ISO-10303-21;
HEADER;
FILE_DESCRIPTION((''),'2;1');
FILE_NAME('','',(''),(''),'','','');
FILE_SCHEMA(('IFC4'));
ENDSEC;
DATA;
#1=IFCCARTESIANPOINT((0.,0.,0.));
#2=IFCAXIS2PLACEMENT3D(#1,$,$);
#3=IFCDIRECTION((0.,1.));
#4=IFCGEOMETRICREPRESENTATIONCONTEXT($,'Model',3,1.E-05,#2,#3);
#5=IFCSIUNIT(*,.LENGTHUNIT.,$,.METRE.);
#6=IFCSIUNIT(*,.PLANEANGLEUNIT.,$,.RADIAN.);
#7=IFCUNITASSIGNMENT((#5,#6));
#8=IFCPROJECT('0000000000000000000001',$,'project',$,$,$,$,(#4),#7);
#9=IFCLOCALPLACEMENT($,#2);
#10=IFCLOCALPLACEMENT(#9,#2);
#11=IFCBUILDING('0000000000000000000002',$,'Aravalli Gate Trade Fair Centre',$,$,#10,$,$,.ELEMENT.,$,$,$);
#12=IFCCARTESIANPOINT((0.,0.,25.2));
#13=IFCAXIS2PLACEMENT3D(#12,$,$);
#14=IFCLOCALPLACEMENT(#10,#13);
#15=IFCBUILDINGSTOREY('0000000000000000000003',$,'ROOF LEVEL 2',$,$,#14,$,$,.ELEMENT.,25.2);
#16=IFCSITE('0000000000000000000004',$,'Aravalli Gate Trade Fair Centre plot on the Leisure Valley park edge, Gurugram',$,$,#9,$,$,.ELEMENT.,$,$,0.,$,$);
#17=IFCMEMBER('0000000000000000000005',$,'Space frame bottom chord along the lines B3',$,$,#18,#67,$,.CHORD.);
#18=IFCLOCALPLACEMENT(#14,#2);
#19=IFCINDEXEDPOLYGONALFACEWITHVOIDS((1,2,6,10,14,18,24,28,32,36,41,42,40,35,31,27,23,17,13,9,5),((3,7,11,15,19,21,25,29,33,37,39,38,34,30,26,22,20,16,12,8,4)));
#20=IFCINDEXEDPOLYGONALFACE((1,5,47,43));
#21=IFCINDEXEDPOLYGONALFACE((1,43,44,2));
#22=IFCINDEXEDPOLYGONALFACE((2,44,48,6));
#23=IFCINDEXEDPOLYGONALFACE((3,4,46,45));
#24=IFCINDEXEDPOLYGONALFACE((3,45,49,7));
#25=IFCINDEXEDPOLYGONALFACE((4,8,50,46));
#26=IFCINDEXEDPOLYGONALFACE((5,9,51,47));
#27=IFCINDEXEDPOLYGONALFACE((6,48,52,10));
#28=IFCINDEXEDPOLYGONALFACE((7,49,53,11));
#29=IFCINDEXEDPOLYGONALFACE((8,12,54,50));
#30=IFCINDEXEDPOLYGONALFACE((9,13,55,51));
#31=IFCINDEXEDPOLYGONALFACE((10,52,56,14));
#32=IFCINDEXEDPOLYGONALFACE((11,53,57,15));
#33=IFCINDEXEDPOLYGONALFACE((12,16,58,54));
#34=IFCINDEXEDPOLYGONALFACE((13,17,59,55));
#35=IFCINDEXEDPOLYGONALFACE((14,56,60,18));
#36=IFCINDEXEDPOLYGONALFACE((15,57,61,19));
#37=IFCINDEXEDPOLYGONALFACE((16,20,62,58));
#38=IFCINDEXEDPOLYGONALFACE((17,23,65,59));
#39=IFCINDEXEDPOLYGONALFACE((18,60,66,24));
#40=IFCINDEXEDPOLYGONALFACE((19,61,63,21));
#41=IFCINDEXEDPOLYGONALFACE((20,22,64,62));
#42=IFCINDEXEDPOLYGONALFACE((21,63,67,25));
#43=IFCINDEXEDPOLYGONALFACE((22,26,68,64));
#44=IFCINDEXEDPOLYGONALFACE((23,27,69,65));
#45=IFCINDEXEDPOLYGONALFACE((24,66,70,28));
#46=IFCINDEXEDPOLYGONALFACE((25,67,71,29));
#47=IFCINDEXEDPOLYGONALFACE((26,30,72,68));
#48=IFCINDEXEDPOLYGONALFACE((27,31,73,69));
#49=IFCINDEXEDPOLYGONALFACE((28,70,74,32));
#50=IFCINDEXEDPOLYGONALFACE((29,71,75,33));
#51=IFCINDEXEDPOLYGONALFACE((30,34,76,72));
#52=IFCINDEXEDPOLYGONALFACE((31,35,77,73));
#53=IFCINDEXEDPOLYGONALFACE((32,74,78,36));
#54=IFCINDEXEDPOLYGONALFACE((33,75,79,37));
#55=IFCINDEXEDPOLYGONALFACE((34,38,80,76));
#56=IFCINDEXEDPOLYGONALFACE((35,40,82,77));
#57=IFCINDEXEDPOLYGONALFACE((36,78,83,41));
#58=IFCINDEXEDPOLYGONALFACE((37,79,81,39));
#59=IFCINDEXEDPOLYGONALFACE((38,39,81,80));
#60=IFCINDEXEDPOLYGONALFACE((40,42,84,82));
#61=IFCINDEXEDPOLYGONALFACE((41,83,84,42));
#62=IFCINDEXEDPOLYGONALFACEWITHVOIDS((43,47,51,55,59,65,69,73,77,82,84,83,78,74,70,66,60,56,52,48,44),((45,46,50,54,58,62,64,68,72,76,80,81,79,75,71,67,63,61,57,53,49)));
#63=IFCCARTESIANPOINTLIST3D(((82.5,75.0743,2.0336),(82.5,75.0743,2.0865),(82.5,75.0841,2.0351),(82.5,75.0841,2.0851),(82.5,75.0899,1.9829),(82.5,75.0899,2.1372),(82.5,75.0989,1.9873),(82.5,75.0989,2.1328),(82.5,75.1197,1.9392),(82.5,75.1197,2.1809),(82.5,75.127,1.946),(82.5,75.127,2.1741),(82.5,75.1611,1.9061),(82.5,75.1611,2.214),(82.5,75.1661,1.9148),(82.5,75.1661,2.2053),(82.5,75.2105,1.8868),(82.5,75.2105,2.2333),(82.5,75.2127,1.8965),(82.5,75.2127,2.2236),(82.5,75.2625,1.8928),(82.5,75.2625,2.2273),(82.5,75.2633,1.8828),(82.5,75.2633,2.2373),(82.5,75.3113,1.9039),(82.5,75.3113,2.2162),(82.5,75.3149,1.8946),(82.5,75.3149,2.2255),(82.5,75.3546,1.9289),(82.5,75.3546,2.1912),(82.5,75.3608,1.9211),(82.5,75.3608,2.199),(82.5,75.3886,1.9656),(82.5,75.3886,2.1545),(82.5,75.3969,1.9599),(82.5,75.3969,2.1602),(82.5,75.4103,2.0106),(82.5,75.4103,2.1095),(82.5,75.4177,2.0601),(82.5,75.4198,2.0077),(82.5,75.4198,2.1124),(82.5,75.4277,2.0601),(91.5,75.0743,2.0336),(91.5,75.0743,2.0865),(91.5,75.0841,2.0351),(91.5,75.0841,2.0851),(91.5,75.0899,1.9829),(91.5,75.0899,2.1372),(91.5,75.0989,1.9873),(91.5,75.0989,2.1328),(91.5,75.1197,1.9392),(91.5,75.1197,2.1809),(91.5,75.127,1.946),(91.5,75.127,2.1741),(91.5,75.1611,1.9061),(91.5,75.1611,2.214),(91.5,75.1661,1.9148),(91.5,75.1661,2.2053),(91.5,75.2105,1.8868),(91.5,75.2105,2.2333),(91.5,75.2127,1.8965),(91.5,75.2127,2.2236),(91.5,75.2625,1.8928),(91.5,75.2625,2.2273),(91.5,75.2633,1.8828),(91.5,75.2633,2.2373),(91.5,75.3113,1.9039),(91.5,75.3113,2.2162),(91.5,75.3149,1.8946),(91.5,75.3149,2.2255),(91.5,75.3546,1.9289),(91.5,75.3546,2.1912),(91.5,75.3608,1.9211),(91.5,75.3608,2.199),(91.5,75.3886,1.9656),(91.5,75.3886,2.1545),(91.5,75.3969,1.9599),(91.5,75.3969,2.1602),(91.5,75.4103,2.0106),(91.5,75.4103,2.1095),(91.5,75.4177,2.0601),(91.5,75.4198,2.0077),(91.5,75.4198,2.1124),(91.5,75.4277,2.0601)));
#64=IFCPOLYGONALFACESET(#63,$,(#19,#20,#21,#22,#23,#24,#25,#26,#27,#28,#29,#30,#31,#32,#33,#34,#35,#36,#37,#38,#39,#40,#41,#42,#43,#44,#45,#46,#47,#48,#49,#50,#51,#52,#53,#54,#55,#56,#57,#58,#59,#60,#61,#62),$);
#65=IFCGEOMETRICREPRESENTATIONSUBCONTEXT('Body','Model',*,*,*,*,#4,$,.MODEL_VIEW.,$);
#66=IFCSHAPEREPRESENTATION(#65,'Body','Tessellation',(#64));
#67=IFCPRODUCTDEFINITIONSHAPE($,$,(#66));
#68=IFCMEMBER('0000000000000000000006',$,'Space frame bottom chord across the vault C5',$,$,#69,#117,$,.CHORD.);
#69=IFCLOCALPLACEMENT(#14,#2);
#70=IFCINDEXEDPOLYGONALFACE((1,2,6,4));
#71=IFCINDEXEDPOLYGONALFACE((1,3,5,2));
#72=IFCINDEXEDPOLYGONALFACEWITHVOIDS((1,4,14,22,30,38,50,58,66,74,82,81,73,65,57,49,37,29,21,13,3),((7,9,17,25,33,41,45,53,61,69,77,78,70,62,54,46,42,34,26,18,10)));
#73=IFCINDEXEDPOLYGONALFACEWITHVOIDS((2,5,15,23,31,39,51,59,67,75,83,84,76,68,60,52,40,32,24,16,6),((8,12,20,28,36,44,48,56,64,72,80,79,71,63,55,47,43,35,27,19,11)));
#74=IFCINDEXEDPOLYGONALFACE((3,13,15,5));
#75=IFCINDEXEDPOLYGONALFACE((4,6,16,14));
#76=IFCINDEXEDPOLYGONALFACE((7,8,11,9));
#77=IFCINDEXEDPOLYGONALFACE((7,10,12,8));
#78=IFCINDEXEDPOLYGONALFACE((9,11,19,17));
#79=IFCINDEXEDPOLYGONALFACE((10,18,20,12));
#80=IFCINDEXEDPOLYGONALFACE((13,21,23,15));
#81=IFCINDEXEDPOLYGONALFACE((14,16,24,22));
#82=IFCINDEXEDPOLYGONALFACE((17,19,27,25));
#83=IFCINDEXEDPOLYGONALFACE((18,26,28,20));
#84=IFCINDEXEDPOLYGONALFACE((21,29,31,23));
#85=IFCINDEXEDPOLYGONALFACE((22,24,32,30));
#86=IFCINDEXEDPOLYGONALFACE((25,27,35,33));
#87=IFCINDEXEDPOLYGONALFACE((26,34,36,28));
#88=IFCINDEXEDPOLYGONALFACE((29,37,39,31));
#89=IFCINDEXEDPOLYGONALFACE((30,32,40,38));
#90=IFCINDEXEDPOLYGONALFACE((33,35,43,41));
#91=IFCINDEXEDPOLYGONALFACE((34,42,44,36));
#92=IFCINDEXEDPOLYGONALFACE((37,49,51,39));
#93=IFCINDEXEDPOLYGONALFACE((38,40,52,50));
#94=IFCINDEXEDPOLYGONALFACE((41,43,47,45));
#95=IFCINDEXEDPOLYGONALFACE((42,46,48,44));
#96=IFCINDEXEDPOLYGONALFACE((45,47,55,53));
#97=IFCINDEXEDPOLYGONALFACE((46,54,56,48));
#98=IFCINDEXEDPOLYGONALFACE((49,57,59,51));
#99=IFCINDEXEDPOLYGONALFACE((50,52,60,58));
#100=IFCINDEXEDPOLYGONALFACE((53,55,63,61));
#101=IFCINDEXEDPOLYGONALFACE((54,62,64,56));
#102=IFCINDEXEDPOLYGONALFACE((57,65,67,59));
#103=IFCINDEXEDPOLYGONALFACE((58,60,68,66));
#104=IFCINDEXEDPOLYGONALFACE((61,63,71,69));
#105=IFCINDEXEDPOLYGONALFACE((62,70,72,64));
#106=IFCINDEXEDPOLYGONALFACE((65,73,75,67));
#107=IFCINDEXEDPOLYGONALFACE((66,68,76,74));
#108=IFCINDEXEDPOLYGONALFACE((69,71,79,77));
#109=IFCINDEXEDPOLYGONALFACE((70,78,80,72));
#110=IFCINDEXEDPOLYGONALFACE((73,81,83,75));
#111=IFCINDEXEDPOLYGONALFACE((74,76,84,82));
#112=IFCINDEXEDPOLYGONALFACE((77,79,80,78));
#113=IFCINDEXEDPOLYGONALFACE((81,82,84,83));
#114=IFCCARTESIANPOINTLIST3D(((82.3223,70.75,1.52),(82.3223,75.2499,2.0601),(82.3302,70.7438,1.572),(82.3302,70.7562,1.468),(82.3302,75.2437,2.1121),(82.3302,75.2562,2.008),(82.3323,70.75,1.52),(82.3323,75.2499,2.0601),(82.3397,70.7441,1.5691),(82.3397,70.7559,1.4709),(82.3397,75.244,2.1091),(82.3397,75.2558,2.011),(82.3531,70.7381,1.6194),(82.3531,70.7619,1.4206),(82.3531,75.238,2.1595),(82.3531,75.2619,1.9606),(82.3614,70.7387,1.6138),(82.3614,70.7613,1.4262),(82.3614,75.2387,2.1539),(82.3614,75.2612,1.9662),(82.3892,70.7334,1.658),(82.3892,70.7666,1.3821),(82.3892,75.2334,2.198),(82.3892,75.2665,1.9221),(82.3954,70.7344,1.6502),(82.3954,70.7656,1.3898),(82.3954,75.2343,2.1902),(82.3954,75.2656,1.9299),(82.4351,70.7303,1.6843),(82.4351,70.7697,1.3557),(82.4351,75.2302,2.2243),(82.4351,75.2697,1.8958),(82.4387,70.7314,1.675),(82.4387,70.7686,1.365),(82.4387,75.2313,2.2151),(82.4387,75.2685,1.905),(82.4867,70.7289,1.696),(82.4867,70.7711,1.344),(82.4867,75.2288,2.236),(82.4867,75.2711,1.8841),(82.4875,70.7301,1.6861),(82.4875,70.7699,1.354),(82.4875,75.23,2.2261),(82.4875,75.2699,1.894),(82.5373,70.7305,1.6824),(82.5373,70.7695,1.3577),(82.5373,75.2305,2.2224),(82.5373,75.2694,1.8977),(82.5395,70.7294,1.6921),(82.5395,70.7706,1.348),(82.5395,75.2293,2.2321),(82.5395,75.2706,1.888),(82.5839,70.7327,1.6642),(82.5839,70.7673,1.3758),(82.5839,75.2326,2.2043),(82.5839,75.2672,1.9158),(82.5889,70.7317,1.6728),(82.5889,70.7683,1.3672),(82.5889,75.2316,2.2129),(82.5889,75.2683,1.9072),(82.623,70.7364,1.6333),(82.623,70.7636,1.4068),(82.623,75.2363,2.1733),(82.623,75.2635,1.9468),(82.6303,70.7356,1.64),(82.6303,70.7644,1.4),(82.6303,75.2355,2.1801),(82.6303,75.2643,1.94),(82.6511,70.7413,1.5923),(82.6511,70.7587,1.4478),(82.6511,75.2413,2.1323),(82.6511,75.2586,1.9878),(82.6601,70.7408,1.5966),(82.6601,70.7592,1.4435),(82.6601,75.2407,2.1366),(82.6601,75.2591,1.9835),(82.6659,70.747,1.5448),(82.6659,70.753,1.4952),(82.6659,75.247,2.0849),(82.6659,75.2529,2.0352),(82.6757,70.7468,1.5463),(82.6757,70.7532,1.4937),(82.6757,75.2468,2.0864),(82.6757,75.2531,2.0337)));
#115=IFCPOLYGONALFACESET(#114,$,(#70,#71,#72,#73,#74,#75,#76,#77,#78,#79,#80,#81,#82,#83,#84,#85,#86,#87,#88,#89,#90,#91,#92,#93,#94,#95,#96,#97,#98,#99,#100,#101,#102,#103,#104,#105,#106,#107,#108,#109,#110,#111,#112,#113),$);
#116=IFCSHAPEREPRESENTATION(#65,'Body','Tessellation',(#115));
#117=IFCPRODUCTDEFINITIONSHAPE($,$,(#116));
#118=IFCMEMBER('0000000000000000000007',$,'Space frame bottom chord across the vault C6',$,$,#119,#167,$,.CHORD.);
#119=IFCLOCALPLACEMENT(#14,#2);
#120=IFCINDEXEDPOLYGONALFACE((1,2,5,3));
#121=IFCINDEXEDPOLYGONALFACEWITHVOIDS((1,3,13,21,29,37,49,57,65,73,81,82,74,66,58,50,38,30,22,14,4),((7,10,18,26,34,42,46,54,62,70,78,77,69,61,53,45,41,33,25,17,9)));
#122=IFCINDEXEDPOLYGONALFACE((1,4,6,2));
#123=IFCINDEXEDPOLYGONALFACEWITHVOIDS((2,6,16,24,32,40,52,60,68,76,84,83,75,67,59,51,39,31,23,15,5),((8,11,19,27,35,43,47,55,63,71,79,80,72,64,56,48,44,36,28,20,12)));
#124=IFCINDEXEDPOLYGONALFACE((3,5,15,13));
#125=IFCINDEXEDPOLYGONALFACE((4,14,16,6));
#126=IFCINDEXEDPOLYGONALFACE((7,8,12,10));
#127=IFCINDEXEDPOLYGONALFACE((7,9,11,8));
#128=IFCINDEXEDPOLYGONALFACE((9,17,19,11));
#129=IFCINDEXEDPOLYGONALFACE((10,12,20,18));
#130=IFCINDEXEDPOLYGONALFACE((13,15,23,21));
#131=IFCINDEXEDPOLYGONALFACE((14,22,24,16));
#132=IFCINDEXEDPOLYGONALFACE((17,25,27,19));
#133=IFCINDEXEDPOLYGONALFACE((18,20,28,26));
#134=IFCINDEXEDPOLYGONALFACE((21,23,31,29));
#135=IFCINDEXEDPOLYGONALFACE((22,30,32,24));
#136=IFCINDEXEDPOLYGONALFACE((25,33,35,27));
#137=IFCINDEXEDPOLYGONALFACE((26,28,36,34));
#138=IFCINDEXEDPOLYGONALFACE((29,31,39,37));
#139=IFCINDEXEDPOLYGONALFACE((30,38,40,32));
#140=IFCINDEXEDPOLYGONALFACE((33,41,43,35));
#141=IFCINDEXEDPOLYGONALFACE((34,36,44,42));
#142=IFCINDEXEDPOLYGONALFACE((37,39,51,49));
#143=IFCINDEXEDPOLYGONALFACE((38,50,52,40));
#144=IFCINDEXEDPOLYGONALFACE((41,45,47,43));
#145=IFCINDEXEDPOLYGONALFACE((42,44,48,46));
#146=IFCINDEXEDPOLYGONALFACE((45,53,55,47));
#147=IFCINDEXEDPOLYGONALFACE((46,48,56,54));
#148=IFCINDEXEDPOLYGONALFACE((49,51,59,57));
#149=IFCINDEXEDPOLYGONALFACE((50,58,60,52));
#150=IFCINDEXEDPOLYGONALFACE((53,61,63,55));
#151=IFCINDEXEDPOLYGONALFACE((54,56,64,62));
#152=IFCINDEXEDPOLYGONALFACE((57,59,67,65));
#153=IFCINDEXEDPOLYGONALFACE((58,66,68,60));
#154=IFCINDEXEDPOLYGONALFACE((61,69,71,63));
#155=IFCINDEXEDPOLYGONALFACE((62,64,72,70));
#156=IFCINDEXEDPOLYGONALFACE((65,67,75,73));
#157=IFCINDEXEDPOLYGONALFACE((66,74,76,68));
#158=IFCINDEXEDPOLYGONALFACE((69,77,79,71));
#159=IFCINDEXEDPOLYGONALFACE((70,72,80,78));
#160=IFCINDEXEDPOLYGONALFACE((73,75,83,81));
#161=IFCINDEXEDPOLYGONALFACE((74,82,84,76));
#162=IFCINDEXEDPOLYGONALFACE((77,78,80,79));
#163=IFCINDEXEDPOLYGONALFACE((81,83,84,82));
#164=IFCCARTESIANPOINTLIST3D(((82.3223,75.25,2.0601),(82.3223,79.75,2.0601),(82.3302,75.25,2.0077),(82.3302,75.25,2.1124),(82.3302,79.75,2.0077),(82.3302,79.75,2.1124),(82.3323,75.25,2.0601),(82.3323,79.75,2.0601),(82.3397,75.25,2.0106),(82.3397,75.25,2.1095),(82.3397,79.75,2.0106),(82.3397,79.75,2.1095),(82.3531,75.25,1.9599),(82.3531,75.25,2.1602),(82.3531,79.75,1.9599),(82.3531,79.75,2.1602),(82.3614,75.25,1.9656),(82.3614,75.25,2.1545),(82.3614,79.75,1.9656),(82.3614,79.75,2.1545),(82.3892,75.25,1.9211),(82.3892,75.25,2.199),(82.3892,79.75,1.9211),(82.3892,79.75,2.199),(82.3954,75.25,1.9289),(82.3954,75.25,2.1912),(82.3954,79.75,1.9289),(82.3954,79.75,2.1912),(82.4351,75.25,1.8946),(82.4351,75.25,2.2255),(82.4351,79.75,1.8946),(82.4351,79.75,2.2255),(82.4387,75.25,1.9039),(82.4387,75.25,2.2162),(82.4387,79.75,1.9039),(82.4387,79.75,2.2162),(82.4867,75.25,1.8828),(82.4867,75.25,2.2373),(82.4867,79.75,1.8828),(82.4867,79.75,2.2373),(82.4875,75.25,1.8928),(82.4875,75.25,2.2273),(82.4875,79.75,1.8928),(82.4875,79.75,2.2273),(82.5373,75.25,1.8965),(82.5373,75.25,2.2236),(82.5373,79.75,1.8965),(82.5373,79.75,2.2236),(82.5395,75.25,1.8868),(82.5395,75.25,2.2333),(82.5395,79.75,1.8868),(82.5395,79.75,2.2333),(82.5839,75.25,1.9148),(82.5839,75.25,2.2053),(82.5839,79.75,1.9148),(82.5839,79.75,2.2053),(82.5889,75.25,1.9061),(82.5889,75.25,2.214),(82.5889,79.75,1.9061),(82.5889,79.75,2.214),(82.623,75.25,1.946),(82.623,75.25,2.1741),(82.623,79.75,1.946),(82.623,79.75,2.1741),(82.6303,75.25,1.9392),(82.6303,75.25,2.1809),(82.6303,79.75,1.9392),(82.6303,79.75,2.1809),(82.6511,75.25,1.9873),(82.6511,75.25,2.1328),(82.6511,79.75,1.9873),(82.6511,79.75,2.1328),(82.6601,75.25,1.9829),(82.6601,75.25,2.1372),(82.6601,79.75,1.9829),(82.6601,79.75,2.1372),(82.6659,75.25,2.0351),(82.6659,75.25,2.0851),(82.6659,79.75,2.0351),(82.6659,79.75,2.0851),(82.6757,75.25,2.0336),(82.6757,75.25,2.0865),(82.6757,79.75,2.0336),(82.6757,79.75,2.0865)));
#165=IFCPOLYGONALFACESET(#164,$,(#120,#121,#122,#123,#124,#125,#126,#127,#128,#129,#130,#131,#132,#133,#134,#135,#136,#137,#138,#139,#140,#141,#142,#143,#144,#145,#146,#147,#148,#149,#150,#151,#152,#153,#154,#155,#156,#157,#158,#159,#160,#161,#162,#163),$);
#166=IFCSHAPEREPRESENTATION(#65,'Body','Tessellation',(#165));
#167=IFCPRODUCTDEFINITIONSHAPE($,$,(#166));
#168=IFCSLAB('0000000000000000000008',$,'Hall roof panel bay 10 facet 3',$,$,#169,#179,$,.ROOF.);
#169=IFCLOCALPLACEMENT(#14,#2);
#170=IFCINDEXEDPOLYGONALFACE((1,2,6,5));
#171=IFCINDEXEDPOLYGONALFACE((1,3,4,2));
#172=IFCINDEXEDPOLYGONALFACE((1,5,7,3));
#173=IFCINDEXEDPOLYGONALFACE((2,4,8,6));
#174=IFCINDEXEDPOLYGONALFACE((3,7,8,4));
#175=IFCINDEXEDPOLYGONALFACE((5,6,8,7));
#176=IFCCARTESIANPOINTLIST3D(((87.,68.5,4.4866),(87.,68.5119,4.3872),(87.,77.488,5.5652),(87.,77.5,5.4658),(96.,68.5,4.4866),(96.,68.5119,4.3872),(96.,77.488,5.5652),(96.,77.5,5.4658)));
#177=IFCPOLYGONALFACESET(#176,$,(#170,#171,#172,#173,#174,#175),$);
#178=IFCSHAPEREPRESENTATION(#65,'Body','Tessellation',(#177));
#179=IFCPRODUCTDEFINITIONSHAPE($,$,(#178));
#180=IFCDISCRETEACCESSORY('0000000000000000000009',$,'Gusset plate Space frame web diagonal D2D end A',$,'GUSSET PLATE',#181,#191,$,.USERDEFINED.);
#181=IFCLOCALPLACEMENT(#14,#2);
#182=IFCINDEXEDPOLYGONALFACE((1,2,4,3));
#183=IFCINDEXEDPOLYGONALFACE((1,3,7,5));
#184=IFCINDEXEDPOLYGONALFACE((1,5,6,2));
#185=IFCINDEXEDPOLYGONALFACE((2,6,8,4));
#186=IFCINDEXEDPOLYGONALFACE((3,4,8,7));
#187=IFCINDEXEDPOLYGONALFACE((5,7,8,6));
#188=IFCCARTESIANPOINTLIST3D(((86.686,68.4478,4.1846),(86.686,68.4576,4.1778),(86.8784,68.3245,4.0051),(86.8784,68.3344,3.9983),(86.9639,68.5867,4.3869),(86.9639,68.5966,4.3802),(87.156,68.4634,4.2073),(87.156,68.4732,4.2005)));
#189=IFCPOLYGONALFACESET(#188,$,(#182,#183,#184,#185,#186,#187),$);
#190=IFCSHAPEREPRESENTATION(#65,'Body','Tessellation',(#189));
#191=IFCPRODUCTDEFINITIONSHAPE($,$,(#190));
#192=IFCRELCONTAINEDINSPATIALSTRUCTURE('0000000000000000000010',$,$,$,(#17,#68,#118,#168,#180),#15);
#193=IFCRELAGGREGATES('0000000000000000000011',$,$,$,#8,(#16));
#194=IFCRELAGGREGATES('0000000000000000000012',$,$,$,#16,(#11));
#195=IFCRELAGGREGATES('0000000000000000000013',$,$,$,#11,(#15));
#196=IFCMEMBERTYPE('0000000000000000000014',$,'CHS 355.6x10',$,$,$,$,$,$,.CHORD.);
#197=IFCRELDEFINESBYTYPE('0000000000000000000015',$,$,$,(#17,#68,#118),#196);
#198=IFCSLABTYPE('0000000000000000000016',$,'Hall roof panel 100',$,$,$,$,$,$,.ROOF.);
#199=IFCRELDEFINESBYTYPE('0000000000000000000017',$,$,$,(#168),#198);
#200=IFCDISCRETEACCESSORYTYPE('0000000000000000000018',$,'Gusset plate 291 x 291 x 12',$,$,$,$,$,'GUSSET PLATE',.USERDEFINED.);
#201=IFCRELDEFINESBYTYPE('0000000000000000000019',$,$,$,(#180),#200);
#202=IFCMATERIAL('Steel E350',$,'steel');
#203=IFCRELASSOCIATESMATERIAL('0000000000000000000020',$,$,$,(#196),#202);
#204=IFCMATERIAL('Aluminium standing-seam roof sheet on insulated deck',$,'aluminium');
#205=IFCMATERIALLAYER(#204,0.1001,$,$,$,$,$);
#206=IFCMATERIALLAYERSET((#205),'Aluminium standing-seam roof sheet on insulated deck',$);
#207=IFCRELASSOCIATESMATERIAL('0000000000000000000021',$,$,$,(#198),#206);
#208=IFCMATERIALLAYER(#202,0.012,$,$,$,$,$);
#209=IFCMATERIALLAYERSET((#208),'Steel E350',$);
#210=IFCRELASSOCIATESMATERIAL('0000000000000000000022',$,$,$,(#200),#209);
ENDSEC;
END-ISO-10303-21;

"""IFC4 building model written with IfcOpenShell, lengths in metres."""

from ifc_helpers import new_model, si_unit, direction, frame, origin, origin_2d, place, context, subcontext, project, spatial, polyline, hollow_circle, outline, extrude, material, layer, layer_set, material_profile, profile_set, type_object, element, save


model = new_model("IFC4")

# Units and contexts
model_context = context("Model", 3, precision=1e-05, world=origin(), true_north=direction((0.0, 1.0)))
body_context = subcontext(model_context, "Body", "Model", "MODEL_VIEW")
ifc_project = project(units=[si_unit("LENGTHUNIT", "METRE"), si_unit("PLANEANGLEUNIT", "RADIAN")], contexts=[model_context])

# Site, building, storey
site_placement = place(None, origin())
site = spatial("IfcSite", under=ifc_project, at=site_placement, Name="Aravalli Gate Trade Fair Centre plot on the Leisure Valley park edge, Gurugram", CompositionType="ELEMENT", RefElevation=0.0)
building_placement = place(site_placement, origin())
building = spatial("IfcBuilding", under=site, at=building_placement, Name="Aravalli Gate Trade Fair Centre", CompositionType="ELEMENT")
storey_placement = place(building_placement, frame((0.0, 0.0, 25.2)))
storey = spatial("IfcBuildingStorey", under=building, at=storey_placement, Name="ROOF LEVEL 2", CompositionType="ELEMENT", Elevation=25.2)

# Members
ifc_material_1 = material(Name="Steel E350", Category="steel")
ifc_material_profile_1 = material_profile(ifc_material_1, hollow_circle(Radius=0.1777, WallThickness=0.01, at=origin_2d()), Name="CHS 355.6x10")
ifc_profile_set_1 = profile_set([ifc_material_profile_1], Name="Steel E350")
member_type_1 = type_object("IfcMemberType", Name="CHS 355.6x10", PredefinedType="CHORD", material=ifc_profile_set_1)
for number, where, z_axis, x_axis, name in (
    (1, (82.5, 75.25, 2.0601), (1.0, 0.0, 0.0), (0.0, 1.0, 0.0), "Space frame bottom chord along the lines B3"),
):
    element("IfcMember", number, at=place(storey_placement, frame(where, z_axis=z_axis, x_axis=x_axis)), inside=storey, type_object=member_type_1, Name=name, PredefinedType="CHORD", context=body_context, shape_type="SweptSolid", body=[
        extrude(hollow_circle(Radius=0.1777, WallThickness=0.01, at=origin_2d()), origin(), (0.0, 0.0, 1.0), 9.0),
    ])
member_1_placement = place(storey_placement, frame((82.5, 70.75, 1.52), z_axis=(0.0, 0.992876, 0.119154), x_axis=(-1.0, 0.0, 0.0)))
element("IfcMember", 2, at=member_1_placement, inside=storey, type_object=member_type_1, Name="Space frame bottom chord across the vault C5", PredefinedType="CHORD", context=body_context, shape_type="SweptSolid", body=[
    extrude(hollow_circle(Radius=0.1777, WallThickness=0.01, at=origin_2d()), origin(), (0.0, 0.0, 1.0), 4.5322),
])
member_2_placement = place(storey_placement, frame((82.5, 75.25, 2.0601), z_axis=(0.0, 1.0, 0.0), x_axis=(-1.0, 0.0, 0.0)))
element("IfcMember", 3, at=member_2_placement, inside=storey, type_object=member_type_1, Name="Space frame bottom chord across the vault C6", PredefinedType="CHORD", context=body_context, shape_type="SweptSolid", body=[
    extrude(hollow_circle(Radius=0.1777, WallThickness=0.01, at=origin_2d()), origin(), (0.0, 0.0, 1.0), 4.5),
])

# Slab
ifc_material_2 = material(Name="Aluminium standing-seam roof sheet on insulated deck", Category="aluminium")
ifc_layer_1 = layer(ifc_material_2, 0.1001)
ifc_layer_set_1 = layer_set([ifc_layer_1], Name="Aluminium standing-seam roof sheet on insulated deck")
slab_type = type_object("IfcSlabType", Name="Hall roof panel 100", PredefinedType="ROOF", material=ifc_layer_set_1)
slab_placement = place(storey_placement, frame((87.0, 68.5, 4.4866), z_axis=(0.0, -0.119151, 0.992876), x_axis=(1.0, 0.0, 0.0)))
element("IfcSlab", 4, at=slab_placement, inside=storey, type_object=slab_type, Name="Hall roof panel bay 10 facet 3", PredefinedType="ROOF", context=body_context, shape_type="SweptSolid", body=[
    extrude(outline(polyline([(0.0, 0.0), (9.0, 0.0), (9.0, 9.0525), (0.0, 9.0525), (0.0, 0.0)])), origin(), (0.0, 0.0, -1.0), 0.1001),
])

# Discrete accessory
ifc_layer_2 = layer(ifc_material_1, 0.012)
ifc_layer_set_2 = layer_set([ifc_layer_2], Name="Steel E350")
discrete_accessory_type = type_object("IfcDiscreteAccessoryType", Name="Gusset plate 291 x 291 x 12", ElementType="GUSSET PLATE", PredefinedType="USERDEFINED", material=ifc_layer_set_2)
discrete_accessory_1_placement = place(storey_placement, frame((86.686, 68.4478, 4.1846), z_axis=(0.000059, -0.824356, 0.566072), x_axis=(0.749391, 0.374849, 0.545804)))
element("IfcDiscreteAccessory", 5, at=discrete_accessory_1_placement, inside=storey, type_object=discrete_accessory_type, Name="Gusset plate Space frame web diagonal D2D end A", ObjectType="GUSSET PLATE", PredefinedType="USERDEFINED", context=body_context, shape_type="SweptSolid", body=[
    extrude(outline(polyline([(0.0, 0.0), (0.3707, 0.0), (0.3704, -0.2905), (0.0, -0.2905), (0.0, 0.0)])), origin(), (0.0, 0.0, -1.0), 0.012),
])

save(model, "model.ifc")
